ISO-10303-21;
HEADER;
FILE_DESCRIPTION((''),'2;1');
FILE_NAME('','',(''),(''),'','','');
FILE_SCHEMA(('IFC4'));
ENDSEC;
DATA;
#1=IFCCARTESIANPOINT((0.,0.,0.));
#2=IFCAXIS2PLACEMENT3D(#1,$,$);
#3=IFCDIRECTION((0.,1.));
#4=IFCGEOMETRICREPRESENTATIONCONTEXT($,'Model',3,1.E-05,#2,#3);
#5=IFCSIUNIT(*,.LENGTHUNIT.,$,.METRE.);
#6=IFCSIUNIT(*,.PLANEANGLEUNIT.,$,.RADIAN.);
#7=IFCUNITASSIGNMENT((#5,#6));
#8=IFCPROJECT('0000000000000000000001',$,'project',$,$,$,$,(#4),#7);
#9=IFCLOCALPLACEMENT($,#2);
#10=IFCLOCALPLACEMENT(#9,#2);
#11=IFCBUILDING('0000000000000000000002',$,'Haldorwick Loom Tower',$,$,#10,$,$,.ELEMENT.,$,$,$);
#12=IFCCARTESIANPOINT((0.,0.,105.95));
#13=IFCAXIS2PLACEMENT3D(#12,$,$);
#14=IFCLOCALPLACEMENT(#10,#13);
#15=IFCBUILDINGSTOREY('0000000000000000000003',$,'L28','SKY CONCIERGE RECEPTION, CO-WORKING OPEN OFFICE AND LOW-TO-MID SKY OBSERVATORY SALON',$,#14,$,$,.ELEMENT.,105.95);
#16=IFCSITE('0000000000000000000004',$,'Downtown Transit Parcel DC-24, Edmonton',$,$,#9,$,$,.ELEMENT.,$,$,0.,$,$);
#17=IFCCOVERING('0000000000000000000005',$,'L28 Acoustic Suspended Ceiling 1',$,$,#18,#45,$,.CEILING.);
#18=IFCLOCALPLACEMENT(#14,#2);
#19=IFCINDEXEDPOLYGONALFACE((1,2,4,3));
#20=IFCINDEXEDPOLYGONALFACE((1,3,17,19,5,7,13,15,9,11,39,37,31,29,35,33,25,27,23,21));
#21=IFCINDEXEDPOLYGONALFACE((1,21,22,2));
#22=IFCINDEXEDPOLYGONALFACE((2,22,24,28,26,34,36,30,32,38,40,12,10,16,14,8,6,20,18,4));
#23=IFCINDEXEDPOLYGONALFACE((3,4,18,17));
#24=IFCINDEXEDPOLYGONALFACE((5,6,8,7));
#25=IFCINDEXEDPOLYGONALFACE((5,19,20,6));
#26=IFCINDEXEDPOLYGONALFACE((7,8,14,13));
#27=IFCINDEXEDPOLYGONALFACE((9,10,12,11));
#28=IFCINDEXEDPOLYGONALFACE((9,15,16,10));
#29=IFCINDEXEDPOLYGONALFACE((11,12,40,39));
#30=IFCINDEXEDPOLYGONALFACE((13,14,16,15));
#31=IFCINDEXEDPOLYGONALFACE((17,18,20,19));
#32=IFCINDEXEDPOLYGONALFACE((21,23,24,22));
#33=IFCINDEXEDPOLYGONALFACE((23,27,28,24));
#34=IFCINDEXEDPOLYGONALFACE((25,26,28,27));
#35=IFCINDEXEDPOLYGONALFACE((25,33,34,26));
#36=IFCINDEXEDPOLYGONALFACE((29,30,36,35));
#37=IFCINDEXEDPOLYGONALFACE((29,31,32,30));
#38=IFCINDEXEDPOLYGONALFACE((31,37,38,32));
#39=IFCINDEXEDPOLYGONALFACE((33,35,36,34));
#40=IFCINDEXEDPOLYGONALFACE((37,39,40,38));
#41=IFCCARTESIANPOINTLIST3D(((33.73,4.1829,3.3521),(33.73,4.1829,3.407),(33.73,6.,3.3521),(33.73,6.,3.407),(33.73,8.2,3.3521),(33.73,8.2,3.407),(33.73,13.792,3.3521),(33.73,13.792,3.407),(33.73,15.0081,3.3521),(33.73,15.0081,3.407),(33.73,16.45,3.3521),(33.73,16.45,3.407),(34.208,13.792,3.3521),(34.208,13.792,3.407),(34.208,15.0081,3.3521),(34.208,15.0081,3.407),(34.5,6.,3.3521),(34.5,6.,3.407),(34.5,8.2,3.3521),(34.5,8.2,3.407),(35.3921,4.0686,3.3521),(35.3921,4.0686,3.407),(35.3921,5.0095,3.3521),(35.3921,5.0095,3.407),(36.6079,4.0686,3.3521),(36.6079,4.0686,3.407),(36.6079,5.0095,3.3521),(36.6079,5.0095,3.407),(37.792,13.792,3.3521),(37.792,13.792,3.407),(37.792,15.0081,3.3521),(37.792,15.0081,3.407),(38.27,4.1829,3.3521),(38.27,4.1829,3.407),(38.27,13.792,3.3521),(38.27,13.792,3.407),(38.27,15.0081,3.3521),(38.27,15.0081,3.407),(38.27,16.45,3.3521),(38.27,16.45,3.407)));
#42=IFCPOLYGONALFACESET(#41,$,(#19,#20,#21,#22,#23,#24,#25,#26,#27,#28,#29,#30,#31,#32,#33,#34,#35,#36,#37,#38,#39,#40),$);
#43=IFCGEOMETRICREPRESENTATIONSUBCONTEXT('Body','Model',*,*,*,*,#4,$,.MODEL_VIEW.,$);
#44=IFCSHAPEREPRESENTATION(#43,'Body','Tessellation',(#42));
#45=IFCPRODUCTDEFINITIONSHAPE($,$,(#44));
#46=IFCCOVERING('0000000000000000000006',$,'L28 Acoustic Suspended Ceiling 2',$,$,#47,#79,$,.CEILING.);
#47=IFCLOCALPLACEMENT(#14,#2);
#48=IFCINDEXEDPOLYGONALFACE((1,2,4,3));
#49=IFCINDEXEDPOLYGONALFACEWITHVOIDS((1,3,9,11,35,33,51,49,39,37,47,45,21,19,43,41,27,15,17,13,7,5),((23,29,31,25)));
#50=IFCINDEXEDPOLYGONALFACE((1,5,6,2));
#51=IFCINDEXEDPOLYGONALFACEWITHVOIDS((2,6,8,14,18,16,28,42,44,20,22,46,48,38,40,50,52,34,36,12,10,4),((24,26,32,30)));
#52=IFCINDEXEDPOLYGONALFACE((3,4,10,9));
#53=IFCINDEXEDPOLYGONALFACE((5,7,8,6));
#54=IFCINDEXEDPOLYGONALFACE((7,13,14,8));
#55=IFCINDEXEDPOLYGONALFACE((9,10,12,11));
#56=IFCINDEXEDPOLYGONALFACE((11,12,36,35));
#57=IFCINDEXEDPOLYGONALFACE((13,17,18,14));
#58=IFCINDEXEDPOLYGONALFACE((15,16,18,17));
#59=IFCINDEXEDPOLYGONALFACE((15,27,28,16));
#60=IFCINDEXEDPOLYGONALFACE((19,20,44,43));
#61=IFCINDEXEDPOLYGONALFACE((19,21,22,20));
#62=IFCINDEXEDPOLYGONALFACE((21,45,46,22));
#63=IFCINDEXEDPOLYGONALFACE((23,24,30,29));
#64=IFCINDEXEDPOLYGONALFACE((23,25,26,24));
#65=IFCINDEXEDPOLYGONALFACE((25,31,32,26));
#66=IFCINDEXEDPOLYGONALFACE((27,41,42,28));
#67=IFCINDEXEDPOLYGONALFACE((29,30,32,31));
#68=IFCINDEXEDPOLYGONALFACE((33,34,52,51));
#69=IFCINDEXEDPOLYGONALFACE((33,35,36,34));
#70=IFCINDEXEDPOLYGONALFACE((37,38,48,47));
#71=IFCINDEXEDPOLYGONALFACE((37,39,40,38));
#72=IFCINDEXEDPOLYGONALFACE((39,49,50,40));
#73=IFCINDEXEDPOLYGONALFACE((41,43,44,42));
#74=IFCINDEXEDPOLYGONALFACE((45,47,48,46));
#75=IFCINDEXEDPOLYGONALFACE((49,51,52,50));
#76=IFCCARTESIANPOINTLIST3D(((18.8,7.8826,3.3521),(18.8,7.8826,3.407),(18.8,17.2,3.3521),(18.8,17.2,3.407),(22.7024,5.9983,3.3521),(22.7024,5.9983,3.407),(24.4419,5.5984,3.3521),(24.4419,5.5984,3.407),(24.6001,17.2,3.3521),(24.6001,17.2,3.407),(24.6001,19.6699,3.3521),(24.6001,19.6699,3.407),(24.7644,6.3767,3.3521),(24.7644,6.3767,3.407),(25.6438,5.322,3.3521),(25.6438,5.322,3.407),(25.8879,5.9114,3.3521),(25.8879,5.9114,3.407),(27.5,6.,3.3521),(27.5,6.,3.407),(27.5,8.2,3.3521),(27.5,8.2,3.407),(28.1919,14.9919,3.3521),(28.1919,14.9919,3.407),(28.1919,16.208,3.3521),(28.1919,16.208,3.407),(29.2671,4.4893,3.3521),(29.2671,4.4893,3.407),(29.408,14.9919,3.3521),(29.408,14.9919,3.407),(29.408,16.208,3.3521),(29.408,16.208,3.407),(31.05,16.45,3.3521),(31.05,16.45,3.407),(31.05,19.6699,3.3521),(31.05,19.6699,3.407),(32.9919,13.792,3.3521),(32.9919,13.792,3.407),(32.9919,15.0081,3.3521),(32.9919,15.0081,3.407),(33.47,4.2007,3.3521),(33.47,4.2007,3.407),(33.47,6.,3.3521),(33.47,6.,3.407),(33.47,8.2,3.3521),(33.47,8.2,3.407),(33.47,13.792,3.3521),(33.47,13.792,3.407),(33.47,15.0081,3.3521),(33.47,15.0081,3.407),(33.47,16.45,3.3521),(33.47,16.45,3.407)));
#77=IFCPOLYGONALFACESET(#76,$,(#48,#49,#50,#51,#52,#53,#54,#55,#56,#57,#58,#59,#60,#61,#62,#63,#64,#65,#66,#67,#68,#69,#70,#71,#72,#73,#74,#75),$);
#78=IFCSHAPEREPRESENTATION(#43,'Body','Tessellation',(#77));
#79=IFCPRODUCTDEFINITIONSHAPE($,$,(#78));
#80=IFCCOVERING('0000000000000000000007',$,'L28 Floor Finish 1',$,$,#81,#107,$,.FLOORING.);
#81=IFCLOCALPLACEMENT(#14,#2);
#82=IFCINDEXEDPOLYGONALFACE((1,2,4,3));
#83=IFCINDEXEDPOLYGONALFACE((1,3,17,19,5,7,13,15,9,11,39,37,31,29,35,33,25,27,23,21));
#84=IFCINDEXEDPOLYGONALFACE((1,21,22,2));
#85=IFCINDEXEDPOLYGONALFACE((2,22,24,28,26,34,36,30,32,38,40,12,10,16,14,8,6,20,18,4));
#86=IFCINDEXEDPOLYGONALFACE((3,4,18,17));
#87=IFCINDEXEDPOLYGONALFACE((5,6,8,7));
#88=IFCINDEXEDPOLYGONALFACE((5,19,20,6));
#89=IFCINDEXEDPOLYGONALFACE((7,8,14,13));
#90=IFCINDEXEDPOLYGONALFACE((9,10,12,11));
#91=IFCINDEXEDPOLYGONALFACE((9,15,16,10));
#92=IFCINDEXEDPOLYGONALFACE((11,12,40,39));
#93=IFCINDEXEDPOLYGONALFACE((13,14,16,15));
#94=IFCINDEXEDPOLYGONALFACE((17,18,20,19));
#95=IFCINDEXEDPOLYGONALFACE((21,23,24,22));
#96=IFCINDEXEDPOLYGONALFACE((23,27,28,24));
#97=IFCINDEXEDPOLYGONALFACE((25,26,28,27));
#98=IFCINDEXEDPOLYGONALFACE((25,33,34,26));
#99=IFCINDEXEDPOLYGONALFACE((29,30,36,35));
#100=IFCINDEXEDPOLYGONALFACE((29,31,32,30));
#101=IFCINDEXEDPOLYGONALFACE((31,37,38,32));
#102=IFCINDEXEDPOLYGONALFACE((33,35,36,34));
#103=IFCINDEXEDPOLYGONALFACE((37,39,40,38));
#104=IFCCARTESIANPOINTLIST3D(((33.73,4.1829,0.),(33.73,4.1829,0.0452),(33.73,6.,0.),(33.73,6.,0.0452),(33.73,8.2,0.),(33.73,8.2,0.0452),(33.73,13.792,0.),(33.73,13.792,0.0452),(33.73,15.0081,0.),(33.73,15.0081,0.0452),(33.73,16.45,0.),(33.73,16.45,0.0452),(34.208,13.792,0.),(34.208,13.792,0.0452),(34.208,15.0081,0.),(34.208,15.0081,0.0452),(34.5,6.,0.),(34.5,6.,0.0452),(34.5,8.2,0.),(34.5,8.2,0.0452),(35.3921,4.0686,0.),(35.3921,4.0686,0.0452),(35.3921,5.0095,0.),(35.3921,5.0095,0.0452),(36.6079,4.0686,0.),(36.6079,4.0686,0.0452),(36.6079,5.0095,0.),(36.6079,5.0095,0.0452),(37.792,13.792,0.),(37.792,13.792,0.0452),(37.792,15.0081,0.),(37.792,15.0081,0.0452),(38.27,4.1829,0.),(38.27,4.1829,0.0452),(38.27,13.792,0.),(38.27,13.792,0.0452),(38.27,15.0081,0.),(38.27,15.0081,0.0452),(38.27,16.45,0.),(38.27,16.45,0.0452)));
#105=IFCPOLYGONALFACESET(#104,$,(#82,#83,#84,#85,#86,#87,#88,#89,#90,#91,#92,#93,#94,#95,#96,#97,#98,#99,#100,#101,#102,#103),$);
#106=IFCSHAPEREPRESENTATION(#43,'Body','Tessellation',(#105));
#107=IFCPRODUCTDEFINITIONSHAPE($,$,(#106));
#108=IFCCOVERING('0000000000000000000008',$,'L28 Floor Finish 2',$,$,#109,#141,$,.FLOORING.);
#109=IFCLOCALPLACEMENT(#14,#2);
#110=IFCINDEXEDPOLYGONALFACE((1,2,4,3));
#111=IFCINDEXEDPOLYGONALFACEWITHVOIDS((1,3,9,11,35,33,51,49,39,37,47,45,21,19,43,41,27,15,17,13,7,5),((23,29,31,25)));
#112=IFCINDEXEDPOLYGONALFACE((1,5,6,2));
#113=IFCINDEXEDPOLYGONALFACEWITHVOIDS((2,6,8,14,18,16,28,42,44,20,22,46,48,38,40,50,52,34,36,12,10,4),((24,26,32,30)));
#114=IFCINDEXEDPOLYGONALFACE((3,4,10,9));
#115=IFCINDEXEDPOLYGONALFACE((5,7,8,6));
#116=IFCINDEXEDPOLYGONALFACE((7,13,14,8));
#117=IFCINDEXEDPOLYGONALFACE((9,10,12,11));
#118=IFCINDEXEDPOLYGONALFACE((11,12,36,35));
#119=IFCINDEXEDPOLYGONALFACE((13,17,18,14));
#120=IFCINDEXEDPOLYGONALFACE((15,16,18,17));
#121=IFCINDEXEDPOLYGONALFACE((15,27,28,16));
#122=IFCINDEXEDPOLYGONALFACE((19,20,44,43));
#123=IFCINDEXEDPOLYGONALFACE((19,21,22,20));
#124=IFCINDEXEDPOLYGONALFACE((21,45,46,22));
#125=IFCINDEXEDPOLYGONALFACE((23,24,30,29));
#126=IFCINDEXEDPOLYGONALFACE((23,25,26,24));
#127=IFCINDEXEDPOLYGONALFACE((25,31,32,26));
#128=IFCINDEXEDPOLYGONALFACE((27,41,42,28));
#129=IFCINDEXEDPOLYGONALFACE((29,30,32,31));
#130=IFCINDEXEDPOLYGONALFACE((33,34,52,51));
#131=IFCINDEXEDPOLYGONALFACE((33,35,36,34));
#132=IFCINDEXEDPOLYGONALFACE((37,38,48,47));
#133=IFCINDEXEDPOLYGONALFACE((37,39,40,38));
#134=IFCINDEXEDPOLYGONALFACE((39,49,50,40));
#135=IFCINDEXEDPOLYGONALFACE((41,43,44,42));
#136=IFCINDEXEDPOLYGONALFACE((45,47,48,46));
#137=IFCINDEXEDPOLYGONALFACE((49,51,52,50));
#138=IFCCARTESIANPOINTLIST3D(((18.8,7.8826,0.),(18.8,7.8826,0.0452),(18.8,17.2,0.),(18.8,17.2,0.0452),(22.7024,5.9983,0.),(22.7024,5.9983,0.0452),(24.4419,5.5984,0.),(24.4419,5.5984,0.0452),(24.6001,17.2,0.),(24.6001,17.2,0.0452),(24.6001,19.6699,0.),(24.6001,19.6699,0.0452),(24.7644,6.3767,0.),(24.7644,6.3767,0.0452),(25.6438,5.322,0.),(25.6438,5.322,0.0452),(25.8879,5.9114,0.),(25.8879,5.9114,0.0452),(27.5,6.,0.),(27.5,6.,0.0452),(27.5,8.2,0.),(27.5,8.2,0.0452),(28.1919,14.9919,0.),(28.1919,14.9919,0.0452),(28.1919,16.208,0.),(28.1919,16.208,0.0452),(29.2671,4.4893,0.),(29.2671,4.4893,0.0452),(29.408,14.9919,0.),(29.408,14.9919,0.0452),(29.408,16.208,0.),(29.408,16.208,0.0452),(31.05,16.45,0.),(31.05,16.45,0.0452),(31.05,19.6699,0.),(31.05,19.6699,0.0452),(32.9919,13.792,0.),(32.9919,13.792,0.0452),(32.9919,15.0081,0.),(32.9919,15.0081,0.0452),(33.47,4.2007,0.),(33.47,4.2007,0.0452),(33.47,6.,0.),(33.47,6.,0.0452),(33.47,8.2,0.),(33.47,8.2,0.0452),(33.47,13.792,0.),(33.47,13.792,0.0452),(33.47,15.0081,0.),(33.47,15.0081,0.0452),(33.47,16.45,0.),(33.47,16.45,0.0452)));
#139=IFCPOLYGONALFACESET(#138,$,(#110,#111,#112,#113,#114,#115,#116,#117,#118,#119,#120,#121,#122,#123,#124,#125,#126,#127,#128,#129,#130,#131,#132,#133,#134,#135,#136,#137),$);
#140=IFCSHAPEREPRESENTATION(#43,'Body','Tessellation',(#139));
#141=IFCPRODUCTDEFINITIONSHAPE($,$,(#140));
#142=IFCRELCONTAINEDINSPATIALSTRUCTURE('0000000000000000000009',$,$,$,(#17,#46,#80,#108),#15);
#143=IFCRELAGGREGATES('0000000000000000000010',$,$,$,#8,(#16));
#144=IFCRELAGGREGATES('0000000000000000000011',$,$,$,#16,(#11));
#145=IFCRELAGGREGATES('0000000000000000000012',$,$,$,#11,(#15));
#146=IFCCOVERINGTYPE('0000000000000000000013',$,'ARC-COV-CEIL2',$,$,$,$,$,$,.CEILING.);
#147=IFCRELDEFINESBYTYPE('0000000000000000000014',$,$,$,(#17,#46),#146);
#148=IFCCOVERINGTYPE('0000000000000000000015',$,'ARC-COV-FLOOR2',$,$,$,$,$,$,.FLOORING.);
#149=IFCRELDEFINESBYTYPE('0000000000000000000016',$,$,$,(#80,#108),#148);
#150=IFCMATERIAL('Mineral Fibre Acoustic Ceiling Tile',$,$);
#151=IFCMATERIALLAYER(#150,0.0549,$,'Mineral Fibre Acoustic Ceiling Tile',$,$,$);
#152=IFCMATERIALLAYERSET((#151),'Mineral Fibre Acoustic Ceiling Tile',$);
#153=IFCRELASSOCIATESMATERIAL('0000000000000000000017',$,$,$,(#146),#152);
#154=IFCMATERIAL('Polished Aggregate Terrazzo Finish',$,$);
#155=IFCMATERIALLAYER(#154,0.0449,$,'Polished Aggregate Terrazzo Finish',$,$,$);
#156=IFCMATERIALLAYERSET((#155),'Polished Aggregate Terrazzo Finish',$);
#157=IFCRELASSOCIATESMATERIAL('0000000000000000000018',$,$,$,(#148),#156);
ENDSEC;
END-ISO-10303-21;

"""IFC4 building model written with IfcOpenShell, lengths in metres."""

from ifc_helpers import new_model, si_unit, direction, frame, origin, place, context, subcontext, project, spatial, polyline, outline, extrude, material, layer, layer_set, type_object, element, save


model = new_model("IFC4")

# Units and contexts
model_context = context("Model", 3, precision=1e-05, world=origin(), true_north=direction((0.0, 1.0)))
body_context = subcontext(model_context, "Body", "Model", "MODEL_VIEW")
ifc_project = project(units=[si_unit("LENGTHUNIT", "METRE"), si_unit("PLANEANGLEUNIT", "RADIAN")], contexts=[model_context])

# Site, building, storey
site_placement = place(None, origin())
site = spatial("IfcSite", under=ifc_project, at=site_placement, Name="Downtown Transit Parcel DC-24, Edmonton", CompositionType="ELEMENT", RefElevation=0.0)
building_placement = place(site_placement, origin())
building = spatial("IfcBuilding", under=site, at=building_placement, Name="Haldorwick Loom Tower", CompositionType="ELEMENT")
storey_placement = place(building_placement, frame((0.0, 0.0, 105.95)))
storey = spatial("IfcBuildingStorey", under=building, at=storey_placement, Name="L28", Description="SKY CONCIERGE RECEPTION, CO-WORKING OPEN OFFICE AND LOW-TO-MID SKY OBSERVATORY SALON", CompositionType="ELEMENT", Elevation=105.95)

# Coverings
ifc_material_1 = material(Name="Mineral Fibre Acoustic Ceiling Tile")
ifc_layer_1 = layer(ifc_material_1, 0.0549, Name="Mineral Fibre Acoustic Ceiling Tile")
ifc_layer_set_1 = layer_set([ifc_layer_1], Name="Mineral Fibre Acoustic Ceiling Tile")
covering_type_1 = type_object("IfcCoveringType", Name="ARC-COV-CEIL2", PredefinedType="CEILING", material=ifc_layer_set_1)
covering_1_placement = place(storey_placement, frame((0.0, 0.0, 3.3521)))
element("IfcCovering", 1, at=covering_1_placement, inside=storey, type_object=covering_type_1, Name="L28 Acoustic Suspended Ceiling 1", PredefinedType="CEILING", context=body_context, shape_type="SweptSolid", body=[
    extrude(outline(polyline([(38.27, 4.1829), (38.27, 13.792), (37.792, 13.792), (37.792, 15.0081), (38.27, 15.0081), (38.27, 16.45), (33.73, 16.45), (33.73, 15.0081), (34.208, 15.0081), (34.208, 13.792), (33.73, 13.792), (33.73, 8.2), (34.5, 8.2), (34.5, 6.0), (33.73, 6.0), (33.73, 4.1829), (35.3921, 4.0686), (35.3921, 5.0095), (36.6079, 5.0095), (36.6079, 4.0686), (38.27, 4.1829)])), origin(), (0.0, 0.0, 1.0), 0.0549),
])
covering_2_placement = place(storey_placement, frame((0.0, 0.0, 3.3521)))
element("IfcCovering", 2, at=covering_2_placement, inside=storey, type_object=covering_type_1, Name="L28 Acoustic Suspended Ceiling 2", PredefinedType="CEILING", context=body_context, shape_type="SweptSolid", body=[
    extrude(outline(polyline([(33.47, 4.2007), (33.47, 6.0), (27.5, 6.0), (27.5, 8.2), (33.47, 8.2), (33.47, 13.792), (32.9919, 13.792), (32.9919, 15.0081), (33.47, 15.0081), (33.47, 16.45), (31.05, 16.45), (31.05, 19.6699), (24.6001, 19.6699), (24.6001, 17.2), (18.8, 17.2), (18.8, 7.8826), (22.7024, 5.9983), (24.4419, 5.5984), (24.7644, 6.3767), (25.8879, 5.9114), (25.6438, 5.322), (29.2671, 4.4893), (33.47, 4.2007)]), holes=[polyline([(29.408, 16.208), (29.408, 14.9919), (28.1919, 14.9919), (28.1919, 16.208), (29.408, 16.208)])]), origin(), (0.0, 0.0, 1.0), 0.0549),
])
ifc_material_2 = material(Name="Polished Aggregate Terrazzo Finish")
ifc_layer_2 = layer(ifc_material_2, 0.0449, Name="Polished Aggregate Terrazzo Finish")
ifc_layer_set_2 = layer_set([ifc_layer_2], Name="Polished Aggregate Terrazzo Finish")
covering_type_2 = type_object("IfcCoveringType", Name="ARC-COV-FLOOR2", PredefinedType="FLOORING", material=ifc_layer_set_2)
covering_3_placement = place(storey_placement, origin())
element("IfcCovering", 3, at=covering_3_placement, inside=storey, type_object=covering_type_2, Name="L28 Floor Finish 1", PredefinedType="FLOORING", context=body_context, shape_type="SweptSolid", body=[
    extrude(outline(polyline([(38.27, 4.1829), (38.27, 13.792), (37.792, 13.792), (37.792, 15.0081), (38.27, 15.0081), (38.27, 16.45), (33.73, 16.45), (33.73, 15.0081), (34.208, 15.0081), (34.208, 13.792), (33.73, 13.792), (33.73, 8.2), (34.5, 8.2), (34.5, 6.0), (33.73, 6.0), (33.73, 4.1829), (35.3921, 4.0686), (35.3921, 5.0095), (36.6079, 5.0095), (36.6079, 4.0686), (38.27, 4.1829)])), origin(), (0.0, 0.0, 1.0), 0.0452),
])
covering_4_placement = place(storey_placement, origin())
element("IfcCovering", 4, at=covering_4_placement, inside=storey, type_object=covering_type_2, Name="L28 Floor Finish 2", PredefinedType="FLOORING", context=body_context, shape_type="SweptSolid", body=[
    extrude(outline(polyline([(33.47, 4.2007), (33.47, 6.0), (27.5, 6.0), (27.5, 8.2), (33.47, 8.2), (33.47, 13.792), (32.9919, 13.792), (32.9919, 15.0081), (33.47, 15.0081), (33.47, 16.45), (31.05, 16.45), (31.05, 19.6699), (24.6001, 19.6699), (24.6001, 17.2), (18.8, 17.2), (18.8, 7.8826), (22.7024, 5.9983), (24.4419, 5.5984), (24.7644, 6.3767), (25.8879, 5.9114), (25.6438, 5.322), (29.2671, 4.4893), (33.47, 4.2007)]), holes=[polyline([(29.408, 16.208), (29.408, 14.9919), (28.1919, 14.9919), (28.1919, 16.208), (29.408, 16.208)])]), origin(), (0.0, 0.0, 1.0), 0.0452),
])

save(model, "model.ifc")
